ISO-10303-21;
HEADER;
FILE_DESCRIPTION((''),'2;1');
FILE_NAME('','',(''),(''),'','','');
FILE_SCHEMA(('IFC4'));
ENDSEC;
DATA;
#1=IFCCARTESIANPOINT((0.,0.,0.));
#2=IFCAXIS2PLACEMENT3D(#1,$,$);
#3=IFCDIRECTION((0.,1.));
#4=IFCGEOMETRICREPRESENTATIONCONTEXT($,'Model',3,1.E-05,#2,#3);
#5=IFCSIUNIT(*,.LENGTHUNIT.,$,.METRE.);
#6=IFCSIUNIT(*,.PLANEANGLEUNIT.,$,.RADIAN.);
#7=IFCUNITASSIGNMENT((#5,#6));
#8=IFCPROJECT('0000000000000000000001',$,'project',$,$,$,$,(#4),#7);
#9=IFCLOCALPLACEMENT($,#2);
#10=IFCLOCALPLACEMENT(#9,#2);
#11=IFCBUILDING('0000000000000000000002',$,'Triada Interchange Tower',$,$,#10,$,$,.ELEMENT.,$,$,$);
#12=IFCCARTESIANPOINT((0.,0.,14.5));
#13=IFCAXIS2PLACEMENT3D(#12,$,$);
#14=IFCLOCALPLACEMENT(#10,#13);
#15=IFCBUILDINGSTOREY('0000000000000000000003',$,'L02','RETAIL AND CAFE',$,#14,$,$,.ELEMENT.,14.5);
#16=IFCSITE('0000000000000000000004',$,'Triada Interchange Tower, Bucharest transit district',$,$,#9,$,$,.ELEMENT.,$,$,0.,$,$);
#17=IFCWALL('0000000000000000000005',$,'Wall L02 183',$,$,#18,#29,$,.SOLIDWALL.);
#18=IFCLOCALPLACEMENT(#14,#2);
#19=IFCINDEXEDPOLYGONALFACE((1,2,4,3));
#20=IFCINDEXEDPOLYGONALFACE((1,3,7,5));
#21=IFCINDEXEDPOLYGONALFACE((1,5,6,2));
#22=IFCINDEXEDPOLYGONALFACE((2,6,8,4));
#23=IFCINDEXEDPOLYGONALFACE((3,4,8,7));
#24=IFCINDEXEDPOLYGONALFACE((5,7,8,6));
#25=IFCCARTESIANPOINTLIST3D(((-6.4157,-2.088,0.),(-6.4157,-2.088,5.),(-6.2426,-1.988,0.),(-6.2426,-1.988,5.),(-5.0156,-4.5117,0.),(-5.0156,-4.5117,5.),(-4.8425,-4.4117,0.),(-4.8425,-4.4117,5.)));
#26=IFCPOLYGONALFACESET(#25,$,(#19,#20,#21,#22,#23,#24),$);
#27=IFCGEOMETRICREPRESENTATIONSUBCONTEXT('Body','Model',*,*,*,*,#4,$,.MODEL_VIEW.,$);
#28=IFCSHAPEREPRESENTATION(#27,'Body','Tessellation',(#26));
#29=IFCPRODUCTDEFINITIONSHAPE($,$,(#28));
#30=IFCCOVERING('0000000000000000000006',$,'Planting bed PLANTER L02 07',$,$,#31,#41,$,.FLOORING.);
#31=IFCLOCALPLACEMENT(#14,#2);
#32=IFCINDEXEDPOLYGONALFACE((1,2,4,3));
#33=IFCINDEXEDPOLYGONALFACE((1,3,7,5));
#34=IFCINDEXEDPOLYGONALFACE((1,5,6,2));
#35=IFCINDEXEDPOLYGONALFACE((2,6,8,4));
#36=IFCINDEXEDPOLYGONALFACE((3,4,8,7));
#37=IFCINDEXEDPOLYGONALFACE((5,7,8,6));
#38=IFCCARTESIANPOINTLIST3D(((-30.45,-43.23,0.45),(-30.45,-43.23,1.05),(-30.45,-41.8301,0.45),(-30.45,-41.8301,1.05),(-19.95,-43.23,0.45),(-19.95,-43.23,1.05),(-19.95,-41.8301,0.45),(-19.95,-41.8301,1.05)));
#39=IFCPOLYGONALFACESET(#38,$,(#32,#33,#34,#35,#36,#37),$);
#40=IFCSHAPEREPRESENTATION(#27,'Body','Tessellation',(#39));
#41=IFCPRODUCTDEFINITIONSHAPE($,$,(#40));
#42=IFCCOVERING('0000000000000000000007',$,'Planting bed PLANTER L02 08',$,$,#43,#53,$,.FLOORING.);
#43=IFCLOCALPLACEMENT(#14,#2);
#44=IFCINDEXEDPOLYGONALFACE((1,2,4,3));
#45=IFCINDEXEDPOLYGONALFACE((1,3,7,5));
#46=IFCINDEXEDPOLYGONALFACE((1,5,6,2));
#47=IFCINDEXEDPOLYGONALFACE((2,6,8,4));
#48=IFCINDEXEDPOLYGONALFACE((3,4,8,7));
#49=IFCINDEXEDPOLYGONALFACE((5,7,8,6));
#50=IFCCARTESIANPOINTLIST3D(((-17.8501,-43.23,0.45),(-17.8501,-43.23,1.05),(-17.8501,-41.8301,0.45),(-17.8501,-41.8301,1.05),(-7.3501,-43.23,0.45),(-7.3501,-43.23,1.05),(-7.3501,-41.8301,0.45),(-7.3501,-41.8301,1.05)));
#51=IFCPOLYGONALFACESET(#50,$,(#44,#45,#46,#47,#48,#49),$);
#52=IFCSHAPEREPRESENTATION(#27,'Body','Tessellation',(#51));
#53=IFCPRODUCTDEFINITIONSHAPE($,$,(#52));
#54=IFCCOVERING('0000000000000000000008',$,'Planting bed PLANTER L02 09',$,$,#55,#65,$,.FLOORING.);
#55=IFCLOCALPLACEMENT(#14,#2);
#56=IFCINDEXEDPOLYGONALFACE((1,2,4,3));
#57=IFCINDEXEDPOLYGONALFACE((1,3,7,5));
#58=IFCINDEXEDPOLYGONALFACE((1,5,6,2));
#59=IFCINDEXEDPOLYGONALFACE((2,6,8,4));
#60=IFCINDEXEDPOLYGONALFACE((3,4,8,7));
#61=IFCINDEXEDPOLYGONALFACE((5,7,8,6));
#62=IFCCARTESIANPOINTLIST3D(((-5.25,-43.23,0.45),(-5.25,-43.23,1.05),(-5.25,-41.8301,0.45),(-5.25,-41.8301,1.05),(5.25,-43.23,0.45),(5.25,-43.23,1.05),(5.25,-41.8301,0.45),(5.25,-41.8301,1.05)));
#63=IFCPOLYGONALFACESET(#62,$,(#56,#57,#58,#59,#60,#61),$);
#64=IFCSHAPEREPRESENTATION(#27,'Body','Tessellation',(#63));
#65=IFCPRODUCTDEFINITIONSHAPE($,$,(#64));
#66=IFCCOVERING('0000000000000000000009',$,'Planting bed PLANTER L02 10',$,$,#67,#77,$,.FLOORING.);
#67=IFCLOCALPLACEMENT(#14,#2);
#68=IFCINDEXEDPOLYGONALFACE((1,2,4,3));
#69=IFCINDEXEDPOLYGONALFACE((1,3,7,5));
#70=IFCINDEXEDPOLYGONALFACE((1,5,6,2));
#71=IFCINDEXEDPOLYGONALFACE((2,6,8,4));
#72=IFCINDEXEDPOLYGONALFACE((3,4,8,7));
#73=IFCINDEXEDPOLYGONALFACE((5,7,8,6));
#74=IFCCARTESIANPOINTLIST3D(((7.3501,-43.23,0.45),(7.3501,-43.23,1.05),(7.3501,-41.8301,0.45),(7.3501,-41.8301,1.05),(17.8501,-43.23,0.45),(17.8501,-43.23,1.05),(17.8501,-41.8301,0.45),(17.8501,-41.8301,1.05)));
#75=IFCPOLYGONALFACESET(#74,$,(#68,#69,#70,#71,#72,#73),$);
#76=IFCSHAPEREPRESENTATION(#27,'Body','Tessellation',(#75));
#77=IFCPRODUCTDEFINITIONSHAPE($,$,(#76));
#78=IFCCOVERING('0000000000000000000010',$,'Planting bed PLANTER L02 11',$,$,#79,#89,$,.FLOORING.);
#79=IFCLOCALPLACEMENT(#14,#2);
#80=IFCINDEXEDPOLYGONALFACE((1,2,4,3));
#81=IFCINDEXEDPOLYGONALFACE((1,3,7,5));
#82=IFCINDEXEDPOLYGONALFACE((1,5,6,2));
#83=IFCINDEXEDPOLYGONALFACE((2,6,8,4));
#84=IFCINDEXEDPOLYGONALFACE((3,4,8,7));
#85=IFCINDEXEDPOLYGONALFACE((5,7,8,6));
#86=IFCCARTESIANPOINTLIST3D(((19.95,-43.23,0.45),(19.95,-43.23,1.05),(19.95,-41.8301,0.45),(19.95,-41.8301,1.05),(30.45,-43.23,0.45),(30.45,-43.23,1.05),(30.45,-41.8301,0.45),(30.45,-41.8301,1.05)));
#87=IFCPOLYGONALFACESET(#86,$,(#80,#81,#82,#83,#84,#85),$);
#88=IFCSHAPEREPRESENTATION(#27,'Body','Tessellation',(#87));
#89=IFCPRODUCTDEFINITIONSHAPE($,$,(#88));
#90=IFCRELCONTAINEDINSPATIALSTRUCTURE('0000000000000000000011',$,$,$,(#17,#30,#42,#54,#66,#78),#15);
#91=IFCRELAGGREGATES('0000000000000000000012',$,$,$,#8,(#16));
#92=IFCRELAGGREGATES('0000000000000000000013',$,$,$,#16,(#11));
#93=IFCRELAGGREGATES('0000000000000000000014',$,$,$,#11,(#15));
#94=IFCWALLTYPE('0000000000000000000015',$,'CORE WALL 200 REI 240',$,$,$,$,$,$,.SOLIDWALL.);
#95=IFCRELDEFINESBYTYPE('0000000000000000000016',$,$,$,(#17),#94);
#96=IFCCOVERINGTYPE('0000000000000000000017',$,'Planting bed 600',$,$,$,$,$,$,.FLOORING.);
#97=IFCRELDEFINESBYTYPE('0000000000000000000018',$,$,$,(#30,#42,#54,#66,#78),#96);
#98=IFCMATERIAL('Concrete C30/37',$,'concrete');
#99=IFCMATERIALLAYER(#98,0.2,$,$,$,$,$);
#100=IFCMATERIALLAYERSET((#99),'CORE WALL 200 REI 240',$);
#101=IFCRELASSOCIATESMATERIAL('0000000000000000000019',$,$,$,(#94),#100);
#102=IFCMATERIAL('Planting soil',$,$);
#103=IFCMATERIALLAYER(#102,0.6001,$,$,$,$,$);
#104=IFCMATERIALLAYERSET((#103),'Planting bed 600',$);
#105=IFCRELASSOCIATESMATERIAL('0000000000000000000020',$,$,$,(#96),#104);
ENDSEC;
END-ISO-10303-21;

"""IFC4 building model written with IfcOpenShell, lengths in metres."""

from ifc_helpers import new_model, si_unit, direction, frame, frame_2d, origin, place, context, subcontext, project, spatial, polyline, rectangle, outline, extrude, material, layer, layer_set, type_object, element, save


model = new_model("IFC4")

# Units and contexts
model_context = context("Model", 3, precision=1e-05, world=origin(), true_north=direction((0.0, 1.0)))
body_context = subcontext(model_context, "Body", "Model", "MODEL_VIEW")
ifc_project = project(units=[si_unit("LENGTHUNIT", "METRE"), si_unit("PLANEANGLEUNIT", "RADIAN")], contexts=[model_context])

# Site, building, storey
site_placement = place(None, origin())
site = spatial("IfcSite", under=ifc_project, at=site_placement, Name="Triada Interchange Tower, Bucharest transit district", CompositionType="ELEMENT", RefElevation=0.0)
building_placement = place(site_placement, origin())
building = spatial("IfcBuilding", under=site, at=building_placement, Name="Triada Interchange Tower", CompositionType="ELEMENT")
storey_placement = place(building_placement, frame((0.0, 0.0, 14.5)))
storey = spatial("IfcBuildingStorey", under=building, at=storey_placement, Name="L02", Description="RETAIL AND CAFE", CompositionType="ELEMENT", Elevation=14.5)

# Shared definitions
ifc_material_1 = material(Name="Concrete C30/37", Category="concrete")

# Wall
ifc_layer_1 = layer(ifc_material_1, 0.2)
ifc_layer_set_1 = layer_set([ifc_layer_1], Name="CORE WALL 200 REI 240")
wall_type_1 = type_object("IfcWallType", Name="CORE WALL 200 REI 240", PredefinedType="SOLIDWALL", material=ifc_layer_set_1)
wall_1_placement = place(storey_placement, frame((-6.3291, -2.0381, 0.0), z_axis=(0.0, 0.0, 1.0), x_axis=(0.500201, -0.86591, 0.0)))
element("IfcWall", 1, at=wall_1_placement, inside=storey, type_object=wall_type_1, Name="Wall L02 183", PredefinedType="SOLIDWALL", context=body_context, shape_type="SweptSolid", body=[
    extrude(rectangle(XDim=2.7991, YDim=0.2, at=frame_2d((1.3994, 0.0))), origin(), (0.0, 0.0, 1.0), 5.0),
])

# Coverings
ifc_material_2 = material(Name="Planting soil")
ifc_layer_2 = layer(ifc_material_2, 0.6001)
ifc_layer_set_2 = layer_set([ifc_layer_2], Name="Planting bed 600")
covering_type = type_object("IfcCoveringType", Name="Planting bed 600", PredefinedType="FLOORING", material=ifc_layer_set_2)
covering_1_placement = place(storey_placement, frame((0.0, 0.0, 0.45)))
element("IfcCovering", 2, at=covering_1_placement, inside=storey, type_object=covering_type, Name="Planting bed PLANTER L02 07", PredefinedType="FLOORING", context=body_context, shape_type="SweptSolid", body=[
    extrude(outline(polyline([(-30.45, -43.23), (-19.95, -43.23), (-19.95, -41.8301), (-30.45, -41.8301), (-30.45, -43.23)])), origin(), (0.0, 0.0, 1.0), 0.6001),
])
covering_2_placement = place(storey_placement, frame((0.0, 0.0, 0.45)))
element("IfcCovering", 3, at=covering_2_placement, inside=storey, type_object=covering_type, Name="Planting bed PLANTER L02 08", PredefinedType="FLOORING", context=body_context, shape_type="SweptSolid", body=[
    extrude(outline(polyline([(-17.8501, -43.23), (-7.3501, -43.23), (-7.3501, -41.8301), (-17.8501, -41.8301), (-17.8501, -43.23)])), origin(), (0.0, 0.0, 1.0), 0.6001),
])
covering_3_placement = place(storey_placement, frame((0.0, 0.0, 0.45)))
element("IfcCovering", 4, at=covering_3_placement, inside=storey, type_object=covering_type, Name="Planting bed PLANTER L02 09", PredefinedType="FLOORING", context=body_context, shape_type="SweptSolid", body=[
    extrude(outline(polyline([(-5.25, -43.23), (5.25, -43.23), (5.25, -41.8301), (-5.25, -41.8301), (-5.25, -43.23)])), origin(), (0.0, 0.0, 1.0), 0.6001),
])
covering_4_placement = place(storey_placement, frame((0.0, 0.0, 0.45)))
element("IfcCovering", 5, at=covering_4_placement, inside=storey, type_object=covering_type, Name="Planting bed PLANTER L02 10", PredefinedType="FLOORING", context=body_context, shape_type="SweptSolid", body=[
    extrude(outline(polyline([(7.3501, -43.23), (17.8501, -43.23), (17.8501, -41.8301), (7.3501, -41.8301), (7.3501, -43.23)])), origin(), (0.0, 0.0, 1.0), 0.6001),
])
covering_5_placement = place(storey_placement, frame((0.0, 0.0, 0.45)))
element("IfcCovering", 6, at=covering_5_placement, inside=storey, type_object=covering_type, Name="Planting bed PLANTER L02 11", PredefinedType="FLOORING", context=body_context, shape_type="SweptSolid", body=[
    extrude(outline(polyline([(19.95, -43.23), (30.45, -43.23), (30.45, -41.8301), (19.95, -41.8301), (19.95, -43.23)])), origin(), (0.0, 0.0, 1.0), 0.6001),
])

save(model, "model.ifc")
